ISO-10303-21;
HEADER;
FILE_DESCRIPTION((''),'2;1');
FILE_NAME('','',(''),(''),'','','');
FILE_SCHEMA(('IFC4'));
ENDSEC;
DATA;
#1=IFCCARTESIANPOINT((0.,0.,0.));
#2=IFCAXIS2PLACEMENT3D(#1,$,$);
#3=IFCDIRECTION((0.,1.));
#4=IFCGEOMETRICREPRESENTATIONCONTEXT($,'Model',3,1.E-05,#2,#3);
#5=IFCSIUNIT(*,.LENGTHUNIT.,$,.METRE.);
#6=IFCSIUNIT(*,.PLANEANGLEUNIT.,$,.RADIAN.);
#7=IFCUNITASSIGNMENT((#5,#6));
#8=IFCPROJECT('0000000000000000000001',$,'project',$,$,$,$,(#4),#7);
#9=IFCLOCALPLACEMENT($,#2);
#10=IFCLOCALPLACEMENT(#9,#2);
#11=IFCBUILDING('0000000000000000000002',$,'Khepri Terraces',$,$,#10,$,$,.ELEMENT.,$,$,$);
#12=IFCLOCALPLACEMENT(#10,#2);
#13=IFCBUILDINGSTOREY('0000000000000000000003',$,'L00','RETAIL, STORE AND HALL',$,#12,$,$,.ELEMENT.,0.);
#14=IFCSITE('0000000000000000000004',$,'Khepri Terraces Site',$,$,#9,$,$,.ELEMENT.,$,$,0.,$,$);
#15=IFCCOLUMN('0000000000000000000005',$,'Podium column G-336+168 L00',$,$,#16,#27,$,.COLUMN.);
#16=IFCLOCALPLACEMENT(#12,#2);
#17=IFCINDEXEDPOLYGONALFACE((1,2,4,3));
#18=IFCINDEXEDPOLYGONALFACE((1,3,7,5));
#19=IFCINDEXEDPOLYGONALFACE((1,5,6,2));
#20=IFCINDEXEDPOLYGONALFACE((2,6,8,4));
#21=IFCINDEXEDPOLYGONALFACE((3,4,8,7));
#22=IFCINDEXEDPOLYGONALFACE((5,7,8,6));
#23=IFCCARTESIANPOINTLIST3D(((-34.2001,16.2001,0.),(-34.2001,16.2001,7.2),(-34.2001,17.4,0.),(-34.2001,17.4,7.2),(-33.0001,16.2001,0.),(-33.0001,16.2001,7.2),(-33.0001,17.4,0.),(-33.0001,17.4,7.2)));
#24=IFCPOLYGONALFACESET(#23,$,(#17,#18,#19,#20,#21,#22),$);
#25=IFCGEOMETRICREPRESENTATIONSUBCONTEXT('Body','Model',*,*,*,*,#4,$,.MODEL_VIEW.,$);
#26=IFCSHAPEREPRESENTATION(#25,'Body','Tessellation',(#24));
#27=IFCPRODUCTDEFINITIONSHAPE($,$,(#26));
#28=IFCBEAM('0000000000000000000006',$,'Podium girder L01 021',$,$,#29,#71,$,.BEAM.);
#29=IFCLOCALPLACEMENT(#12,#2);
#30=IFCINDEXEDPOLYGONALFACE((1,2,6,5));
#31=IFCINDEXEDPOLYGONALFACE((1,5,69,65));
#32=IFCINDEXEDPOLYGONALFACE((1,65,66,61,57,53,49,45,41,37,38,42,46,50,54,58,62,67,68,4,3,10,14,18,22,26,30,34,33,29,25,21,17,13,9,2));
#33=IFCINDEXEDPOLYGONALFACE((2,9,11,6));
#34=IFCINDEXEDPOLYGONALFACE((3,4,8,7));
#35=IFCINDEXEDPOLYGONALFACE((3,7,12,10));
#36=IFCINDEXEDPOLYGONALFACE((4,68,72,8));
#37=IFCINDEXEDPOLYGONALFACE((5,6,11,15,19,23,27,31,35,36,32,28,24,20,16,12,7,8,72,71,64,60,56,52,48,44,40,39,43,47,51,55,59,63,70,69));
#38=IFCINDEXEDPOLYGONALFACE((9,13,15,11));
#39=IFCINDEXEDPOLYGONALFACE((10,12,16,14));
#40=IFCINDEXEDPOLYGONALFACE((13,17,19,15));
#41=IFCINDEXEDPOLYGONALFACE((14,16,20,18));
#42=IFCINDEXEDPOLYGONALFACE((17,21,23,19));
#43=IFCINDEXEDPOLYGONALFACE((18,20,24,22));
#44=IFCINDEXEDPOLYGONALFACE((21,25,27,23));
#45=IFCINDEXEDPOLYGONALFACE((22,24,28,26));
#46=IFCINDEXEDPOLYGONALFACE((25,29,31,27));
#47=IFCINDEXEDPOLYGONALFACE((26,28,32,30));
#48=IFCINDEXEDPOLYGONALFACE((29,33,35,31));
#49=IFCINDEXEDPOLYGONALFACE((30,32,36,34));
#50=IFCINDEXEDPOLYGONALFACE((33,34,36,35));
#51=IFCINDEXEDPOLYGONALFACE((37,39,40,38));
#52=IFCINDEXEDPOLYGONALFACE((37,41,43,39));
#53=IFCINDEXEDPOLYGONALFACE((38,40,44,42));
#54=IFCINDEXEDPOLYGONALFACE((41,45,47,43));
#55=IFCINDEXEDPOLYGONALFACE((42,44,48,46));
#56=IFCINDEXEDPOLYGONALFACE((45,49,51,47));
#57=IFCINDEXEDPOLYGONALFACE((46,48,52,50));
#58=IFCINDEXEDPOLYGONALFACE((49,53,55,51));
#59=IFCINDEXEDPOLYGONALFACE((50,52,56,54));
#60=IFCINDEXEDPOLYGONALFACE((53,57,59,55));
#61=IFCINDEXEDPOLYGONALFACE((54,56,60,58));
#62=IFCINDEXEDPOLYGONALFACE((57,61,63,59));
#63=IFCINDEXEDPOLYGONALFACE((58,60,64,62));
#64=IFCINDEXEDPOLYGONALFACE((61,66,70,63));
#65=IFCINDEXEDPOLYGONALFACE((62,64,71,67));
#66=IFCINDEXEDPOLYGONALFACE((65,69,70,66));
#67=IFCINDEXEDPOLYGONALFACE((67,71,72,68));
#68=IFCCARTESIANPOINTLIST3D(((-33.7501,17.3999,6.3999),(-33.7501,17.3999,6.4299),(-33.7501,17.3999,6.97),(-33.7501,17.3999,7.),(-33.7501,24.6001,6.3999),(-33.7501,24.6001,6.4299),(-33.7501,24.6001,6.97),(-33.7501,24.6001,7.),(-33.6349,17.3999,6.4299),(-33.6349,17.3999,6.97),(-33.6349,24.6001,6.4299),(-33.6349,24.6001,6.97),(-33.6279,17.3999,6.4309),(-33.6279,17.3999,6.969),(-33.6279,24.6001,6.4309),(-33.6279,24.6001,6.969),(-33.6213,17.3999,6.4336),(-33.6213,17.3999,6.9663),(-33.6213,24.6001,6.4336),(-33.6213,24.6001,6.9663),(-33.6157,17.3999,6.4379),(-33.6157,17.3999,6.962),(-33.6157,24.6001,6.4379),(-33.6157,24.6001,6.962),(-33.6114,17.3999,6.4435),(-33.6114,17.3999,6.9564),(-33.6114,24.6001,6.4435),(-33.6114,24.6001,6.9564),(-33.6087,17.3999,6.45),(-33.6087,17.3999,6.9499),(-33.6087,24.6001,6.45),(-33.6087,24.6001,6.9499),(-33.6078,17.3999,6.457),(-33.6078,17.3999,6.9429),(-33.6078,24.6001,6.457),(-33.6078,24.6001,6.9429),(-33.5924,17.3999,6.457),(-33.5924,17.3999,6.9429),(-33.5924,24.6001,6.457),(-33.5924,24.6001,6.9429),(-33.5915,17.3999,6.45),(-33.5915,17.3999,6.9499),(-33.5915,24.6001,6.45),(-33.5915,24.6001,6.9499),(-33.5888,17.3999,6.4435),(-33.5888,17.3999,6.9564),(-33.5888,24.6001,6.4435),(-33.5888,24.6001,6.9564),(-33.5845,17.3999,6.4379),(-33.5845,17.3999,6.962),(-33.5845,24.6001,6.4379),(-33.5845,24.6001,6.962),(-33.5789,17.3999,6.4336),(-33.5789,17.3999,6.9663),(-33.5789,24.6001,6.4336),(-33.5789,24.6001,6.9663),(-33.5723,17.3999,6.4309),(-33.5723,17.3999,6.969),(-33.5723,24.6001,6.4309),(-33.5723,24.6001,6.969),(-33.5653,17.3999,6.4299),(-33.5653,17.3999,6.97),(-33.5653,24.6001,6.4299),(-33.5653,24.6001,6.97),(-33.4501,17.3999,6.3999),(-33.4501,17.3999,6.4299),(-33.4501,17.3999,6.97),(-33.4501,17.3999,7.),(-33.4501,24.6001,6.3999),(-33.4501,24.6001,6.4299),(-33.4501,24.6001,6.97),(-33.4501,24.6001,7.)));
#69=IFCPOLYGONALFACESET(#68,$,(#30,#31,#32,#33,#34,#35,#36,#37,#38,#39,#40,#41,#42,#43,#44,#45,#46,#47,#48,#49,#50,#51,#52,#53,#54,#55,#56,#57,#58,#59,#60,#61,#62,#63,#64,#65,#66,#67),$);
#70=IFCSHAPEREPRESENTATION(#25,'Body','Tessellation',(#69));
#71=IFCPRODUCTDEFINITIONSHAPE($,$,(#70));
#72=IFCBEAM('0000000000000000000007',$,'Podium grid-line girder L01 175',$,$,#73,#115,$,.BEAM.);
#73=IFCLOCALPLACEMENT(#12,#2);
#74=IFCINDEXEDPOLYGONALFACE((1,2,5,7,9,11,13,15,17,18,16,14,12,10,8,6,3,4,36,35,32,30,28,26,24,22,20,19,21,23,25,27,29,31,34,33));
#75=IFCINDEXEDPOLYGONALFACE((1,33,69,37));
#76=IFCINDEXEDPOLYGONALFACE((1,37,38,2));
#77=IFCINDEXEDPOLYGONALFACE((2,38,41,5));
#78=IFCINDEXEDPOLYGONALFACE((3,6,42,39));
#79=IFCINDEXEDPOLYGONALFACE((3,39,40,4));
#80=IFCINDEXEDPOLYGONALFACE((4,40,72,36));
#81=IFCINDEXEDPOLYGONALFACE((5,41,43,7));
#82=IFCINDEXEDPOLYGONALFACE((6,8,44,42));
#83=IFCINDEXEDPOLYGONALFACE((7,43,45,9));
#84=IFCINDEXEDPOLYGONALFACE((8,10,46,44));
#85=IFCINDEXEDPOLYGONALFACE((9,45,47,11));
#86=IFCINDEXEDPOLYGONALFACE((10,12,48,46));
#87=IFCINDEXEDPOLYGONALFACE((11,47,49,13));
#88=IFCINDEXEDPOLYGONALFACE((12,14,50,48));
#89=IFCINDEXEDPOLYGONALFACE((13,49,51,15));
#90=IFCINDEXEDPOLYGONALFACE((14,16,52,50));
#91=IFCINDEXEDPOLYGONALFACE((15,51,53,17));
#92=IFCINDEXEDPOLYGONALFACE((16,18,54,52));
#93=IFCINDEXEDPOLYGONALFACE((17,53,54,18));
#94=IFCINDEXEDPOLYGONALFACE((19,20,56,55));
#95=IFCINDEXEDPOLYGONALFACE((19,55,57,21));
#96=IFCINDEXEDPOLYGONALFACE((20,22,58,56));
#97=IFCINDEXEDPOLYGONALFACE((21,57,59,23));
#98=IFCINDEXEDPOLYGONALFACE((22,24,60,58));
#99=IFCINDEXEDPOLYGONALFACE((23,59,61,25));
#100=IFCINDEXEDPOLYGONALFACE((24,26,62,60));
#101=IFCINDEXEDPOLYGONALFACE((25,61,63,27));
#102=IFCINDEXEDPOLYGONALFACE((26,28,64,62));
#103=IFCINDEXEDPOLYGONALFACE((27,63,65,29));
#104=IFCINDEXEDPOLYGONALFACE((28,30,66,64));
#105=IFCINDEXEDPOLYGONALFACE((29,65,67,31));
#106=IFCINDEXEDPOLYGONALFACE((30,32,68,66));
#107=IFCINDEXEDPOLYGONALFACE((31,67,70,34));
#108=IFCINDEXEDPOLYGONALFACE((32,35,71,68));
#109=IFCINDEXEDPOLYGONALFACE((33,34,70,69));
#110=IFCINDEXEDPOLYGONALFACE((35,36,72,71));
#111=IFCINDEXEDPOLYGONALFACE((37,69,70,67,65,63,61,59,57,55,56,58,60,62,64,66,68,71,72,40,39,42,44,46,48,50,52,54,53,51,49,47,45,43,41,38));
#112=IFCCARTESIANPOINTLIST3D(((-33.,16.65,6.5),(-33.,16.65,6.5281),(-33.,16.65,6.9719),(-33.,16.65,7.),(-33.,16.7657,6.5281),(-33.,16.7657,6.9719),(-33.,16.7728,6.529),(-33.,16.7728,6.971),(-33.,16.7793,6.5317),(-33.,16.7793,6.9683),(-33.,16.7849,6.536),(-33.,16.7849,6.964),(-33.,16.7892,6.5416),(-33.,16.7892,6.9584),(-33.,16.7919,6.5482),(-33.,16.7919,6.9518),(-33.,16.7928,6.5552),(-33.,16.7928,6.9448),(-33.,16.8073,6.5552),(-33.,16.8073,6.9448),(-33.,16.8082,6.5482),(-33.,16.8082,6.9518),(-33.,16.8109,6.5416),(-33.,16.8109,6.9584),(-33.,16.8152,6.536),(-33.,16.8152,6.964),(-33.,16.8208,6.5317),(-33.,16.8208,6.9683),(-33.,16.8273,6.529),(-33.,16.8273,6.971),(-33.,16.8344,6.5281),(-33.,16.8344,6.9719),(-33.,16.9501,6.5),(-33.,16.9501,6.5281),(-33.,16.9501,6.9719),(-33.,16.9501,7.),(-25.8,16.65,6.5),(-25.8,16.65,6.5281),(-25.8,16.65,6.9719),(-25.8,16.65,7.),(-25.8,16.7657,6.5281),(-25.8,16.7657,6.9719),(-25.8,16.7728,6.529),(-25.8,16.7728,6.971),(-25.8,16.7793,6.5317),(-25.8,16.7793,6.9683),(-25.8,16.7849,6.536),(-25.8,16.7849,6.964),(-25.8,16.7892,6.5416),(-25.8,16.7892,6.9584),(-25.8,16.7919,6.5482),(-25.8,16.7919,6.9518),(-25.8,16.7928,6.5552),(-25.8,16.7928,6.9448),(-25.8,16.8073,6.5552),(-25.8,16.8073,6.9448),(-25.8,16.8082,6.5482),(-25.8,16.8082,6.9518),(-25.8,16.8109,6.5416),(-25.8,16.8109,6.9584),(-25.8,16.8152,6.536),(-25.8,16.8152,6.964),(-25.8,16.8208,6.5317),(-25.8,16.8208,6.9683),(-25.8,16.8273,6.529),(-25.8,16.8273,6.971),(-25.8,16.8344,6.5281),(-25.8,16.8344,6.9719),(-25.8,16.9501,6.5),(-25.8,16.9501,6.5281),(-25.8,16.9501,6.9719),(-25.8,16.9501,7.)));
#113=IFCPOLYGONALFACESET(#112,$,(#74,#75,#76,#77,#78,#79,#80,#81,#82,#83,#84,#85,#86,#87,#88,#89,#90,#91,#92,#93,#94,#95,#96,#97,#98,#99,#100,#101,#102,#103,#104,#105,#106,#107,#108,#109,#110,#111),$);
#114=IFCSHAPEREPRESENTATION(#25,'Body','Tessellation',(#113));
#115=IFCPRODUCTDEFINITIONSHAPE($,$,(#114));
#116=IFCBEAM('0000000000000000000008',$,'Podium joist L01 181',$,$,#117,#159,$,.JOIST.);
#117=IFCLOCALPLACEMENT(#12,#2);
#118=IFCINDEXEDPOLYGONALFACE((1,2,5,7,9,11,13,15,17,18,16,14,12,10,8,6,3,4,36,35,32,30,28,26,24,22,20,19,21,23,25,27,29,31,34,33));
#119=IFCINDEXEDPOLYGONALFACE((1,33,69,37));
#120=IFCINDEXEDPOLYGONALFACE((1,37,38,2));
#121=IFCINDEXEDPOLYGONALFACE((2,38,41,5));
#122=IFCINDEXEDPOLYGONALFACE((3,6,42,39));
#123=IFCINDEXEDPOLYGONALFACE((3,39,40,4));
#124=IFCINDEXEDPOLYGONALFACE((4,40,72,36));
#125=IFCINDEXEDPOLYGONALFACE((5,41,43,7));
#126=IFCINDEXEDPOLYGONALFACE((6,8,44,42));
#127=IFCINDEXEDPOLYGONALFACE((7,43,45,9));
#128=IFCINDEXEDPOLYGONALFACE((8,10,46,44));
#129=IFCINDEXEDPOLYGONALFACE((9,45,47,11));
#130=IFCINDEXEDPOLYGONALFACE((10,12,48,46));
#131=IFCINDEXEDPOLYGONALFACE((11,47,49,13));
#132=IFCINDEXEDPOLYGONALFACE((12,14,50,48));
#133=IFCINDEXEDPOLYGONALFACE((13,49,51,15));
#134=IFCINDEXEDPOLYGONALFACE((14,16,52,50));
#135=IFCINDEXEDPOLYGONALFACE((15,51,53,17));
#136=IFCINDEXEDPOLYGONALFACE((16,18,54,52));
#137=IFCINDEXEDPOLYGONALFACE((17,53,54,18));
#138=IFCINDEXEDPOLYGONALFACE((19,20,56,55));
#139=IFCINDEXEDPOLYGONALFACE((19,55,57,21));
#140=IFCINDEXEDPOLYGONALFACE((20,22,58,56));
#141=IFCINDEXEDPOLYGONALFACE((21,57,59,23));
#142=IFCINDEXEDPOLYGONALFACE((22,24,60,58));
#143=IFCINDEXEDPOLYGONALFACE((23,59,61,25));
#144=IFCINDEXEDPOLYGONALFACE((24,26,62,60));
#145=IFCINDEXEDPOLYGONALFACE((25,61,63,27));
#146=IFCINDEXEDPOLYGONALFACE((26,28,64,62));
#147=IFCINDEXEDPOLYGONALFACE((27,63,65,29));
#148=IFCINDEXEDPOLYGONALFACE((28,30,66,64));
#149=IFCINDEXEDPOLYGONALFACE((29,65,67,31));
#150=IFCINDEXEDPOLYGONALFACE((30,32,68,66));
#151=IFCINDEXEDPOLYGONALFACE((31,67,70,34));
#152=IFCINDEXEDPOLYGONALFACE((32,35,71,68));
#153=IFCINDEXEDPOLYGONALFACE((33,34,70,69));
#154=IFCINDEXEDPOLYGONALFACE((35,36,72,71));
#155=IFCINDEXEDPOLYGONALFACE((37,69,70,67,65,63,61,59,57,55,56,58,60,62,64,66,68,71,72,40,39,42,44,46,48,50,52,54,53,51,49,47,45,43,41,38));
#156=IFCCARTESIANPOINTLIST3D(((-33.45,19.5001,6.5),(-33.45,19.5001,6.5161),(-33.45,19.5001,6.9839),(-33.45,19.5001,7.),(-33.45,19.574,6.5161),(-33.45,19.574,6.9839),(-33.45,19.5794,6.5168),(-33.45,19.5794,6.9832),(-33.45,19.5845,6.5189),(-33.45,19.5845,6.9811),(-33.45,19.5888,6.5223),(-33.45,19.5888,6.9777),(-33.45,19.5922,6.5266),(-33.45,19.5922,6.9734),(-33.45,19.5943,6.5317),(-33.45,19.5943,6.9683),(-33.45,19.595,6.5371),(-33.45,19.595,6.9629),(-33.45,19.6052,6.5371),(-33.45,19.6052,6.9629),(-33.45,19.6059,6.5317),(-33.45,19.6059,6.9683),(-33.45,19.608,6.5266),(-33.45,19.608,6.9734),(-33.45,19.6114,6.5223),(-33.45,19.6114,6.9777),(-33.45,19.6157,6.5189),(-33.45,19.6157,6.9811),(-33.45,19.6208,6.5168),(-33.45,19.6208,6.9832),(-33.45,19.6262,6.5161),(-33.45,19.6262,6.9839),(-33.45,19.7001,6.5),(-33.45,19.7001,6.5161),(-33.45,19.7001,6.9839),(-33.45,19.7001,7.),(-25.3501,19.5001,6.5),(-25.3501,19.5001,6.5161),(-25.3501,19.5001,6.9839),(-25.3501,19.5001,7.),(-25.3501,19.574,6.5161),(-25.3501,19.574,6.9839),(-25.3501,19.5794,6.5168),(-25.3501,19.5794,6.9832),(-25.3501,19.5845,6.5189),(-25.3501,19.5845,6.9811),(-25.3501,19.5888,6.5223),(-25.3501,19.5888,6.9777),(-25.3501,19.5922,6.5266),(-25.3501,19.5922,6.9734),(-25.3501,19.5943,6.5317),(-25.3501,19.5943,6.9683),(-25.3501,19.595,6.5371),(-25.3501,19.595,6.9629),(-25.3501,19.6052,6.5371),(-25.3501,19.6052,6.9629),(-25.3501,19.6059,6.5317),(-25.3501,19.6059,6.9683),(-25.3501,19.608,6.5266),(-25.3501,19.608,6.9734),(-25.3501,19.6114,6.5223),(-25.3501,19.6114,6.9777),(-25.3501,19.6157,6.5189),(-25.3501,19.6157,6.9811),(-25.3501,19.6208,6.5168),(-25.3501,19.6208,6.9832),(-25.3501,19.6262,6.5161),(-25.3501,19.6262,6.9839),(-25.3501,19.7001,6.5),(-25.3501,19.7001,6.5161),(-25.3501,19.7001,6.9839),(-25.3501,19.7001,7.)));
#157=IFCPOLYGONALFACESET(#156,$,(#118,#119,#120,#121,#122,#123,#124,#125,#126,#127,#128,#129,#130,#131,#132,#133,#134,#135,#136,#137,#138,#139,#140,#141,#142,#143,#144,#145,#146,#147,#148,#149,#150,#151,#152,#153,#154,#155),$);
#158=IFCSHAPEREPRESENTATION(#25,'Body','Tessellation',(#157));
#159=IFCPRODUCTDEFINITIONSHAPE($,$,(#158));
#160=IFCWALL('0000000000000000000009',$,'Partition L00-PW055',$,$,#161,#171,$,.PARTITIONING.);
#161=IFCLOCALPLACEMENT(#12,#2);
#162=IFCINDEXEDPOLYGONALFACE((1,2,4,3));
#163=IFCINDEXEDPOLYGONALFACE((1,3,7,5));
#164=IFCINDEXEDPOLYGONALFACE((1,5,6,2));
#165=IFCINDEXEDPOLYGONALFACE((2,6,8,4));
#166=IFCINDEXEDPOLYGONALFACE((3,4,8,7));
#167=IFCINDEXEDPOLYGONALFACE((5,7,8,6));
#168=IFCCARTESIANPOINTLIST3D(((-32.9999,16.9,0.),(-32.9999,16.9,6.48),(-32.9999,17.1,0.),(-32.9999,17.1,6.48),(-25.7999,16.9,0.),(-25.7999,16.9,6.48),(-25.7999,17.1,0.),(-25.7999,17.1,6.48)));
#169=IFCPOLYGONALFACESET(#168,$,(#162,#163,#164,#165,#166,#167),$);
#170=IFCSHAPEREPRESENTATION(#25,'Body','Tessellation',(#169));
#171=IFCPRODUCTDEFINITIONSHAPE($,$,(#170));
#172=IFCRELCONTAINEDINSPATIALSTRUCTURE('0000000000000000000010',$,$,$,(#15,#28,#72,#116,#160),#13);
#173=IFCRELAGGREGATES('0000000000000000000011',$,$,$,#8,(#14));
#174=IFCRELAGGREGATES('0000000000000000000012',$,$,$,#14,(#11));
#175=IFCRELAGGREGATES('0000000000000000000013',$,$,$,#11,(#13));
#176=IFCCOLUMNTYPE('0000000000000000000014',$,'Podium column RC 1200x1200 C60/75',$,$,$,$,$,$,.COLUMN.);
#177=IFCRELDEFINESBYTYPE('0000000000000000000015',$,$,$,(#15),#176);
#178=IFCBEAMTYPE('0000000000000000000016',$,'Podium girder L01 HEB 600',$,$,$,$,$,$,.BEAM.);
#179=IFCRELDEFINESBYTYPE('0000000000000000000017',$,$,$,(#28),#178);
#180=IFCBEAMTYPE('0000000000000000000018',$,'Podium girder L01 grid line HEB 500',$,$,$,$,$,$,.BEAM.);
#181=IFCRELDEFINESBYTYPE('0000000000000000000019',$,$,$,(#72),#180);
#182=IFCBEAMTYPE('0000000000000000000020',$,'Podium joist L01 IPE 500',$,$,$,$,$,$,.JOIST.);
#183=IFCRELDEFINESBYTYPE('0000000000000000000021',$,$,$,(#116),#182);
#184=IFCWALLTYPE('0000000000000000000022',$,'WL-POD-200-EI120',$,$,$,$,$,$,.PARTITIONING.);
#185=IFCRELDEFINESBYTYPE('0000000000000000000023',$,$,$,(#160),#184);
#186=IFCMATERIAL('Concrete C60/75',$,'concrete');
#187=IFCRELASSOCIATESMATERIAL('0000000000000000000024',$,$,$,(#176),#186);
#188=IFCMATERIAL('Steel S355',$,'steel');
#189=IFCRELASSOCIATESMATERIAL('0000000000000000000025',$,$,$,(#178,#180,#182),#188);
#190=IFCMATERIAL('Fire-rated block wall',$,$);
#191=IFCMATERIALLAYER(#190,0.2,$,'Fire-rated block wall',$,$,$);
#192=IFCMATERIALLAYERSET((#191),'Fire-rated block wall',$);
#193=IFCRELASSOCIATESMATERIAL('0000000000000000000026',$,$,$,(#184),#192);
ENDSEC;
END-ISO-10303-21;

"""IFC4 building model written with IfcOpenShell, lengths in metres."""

from ifc_helpers import new_model, si_unit, direction, frame, frame_2d, origin, origin_2d, place, context, subcontext, project, spatial, rectangle, i_section, extrude, material, layer, layer_set, material_profile, profile_set, type_object, element, save


model = new_model("IFC4")

# Units and contexts
model_context = context("Model", 3, precision=1e-05, world=origin(), true_north=direction((0.0, 1.0)))
body_context = subcontext(model_context, "Body", "Model", "MODEL_VIEW")
ifc_project = project(units=[si_unit("LENGTHUNIT", "METRE"), si_unit("PLANEANGLEUNIT", "RADIAN")], contexts=[model_context])

# Site, building, storey
site_placement = place(None, origin())
site = spatial("IfcSite", under=ifc_project, at=site_placement, Name="Khepri Terraces Site", CompositionType="ELEMENT", RefElevation=0.0)
building_placement = place(site_placement, origin())
building = spatial("IfcBuilding", under=site, at=building_placement, Name="Khepri Terraces", CompositionType="ELEMENT")
storey_placement = place(building_placement, origin())
storey = spatial("IfcBuildingStorey", under=building, at=storey_placement, Name="L00", Description="RETAIL, STORE AND HALL", CompositionType="ELEMENT", Elevation=0.0)

# Column
ifc_material_1 = material(Name="Concrete C60/75", Category="concrete")
ifc_material_profile_1 = material_profile(ifc_material_1, rectangle(XDim=1.2, YDim=1.2, at=origin_2d()), Name="Concrete C60/75", Category="concrete")
ifc_profile_set_1 = profile_set([ifc_material_profile_1], Name="Concrete C60/75")
column_type = type_object("IfcColumnType", Name="Podium column RC 1200x1200 C60/75", PredefinedType="COLUMN", material=ifc_profile_set_1)
column_placement = place(storey_placement, frame((-33.6001, 16.8, 0.0), z_axis=(0.0, 0.0, 1.0), x_axis=(1.0, 0.0, 0.0)))
element("IfcColumn", 1, at=column_placement, inside=storey, type_object=column_type, Name="Podium column G-336+168 L00", PredefinedType="COLUMN", context=body_context, shape_type="SweptSolid", body=[
    extrude(rectangle(XDim=1.2, YDim=1.2, at=origin_2d()), origin(), (0.0, 0.0, 1.0), 7.2),
])

# Beams
ifc_material_2 = material(Name="Steel S355", Category="steel")
ifc_material_profile_2 = material_profile(ifc_material_2, i_section(OverallWidth=0.3, OverallDepth=0.6001, WebThickness=0.0154, FlangeThickness=0.03, FilletRadius=0.0271, at=origin_2d()), Name="Steel S355", Category="steel")
ifc_profile_set_2 = profile_set([ifc_material_profile_2], Name="Steel S355")
beam_type_1 = type_object("IfcBeamType", Name="Podium girder L01 HEB 600", PredefinedType="BEAM", material=ifc_profile_set_2)
beam_1_placement = place(storey_placement, frame((-33.6001, 17.3999, 6.7), z_axis=(0.0, 1.0, 0.0), x_axis=(-1.0, 0.0, 0.0)))
element("IfcBeam", 2, at=beam_1_placement, inside=storey, type_object=beam_type_1, Name="Podium girder L01 021", PredefinedType="BEAM", context=body_context, shape_type="SweptSolid", body=[
    extrude(i_section(OverallWidth=0.3, OverallDepth=0.6001, WebThickness=0.0154, FlangeThickness=0.03, FilletRadius=0.0271, at=origin_2d()), origin(), (0.0, 0.0, 1.0), 7.2002),
])
ifc_material_profile_3 = material_profile(ifc_material_2, i_section(OverallWidth=0.3, OverallDepth=0.5, WebThickness=0.0144, FlangeThickness=0.0281, FilletRadius=0.0271, at=origin_2d()), Name="Steel S355", Category="steel")
ifc_profile_set_3 = profile_set([ifc_material_profile_3], Name="Steel S355")
beam_type_2 = type_object("IfcBeamType", Name="Podium girder L01 grid line HEB 500", PredefinedType="BEAM", material=ifc_profile_set_3)
beam_2_placement = place(storey_placement, frame((-33.0, 16.8, 6.75), z_axis=(1.0, 0.0, 0.0), x_axis=(0.0, 1.0, 0.0)))
element("IfcBeam", 3, at=beam_2_placement, inside=storey, type_object=beam_type_2, Name="Podium grid-line girder L01 175", PredefinedType="BEAM", context=body_context, shape_type="SweptSolid", body=[
    extrude(i_section(OverallWidth=0.3, OverallDepth=0.5, WebThickness=0.0144, FlangeThickness=0.0281, FilletRadius=0.0271, at=origin_2d()), origin(), (0.0, 0.0, 1.0), 7.2),
])
ifc_material_profile_4 = material_profile(ifc_material_2, i_section(OverallWidth=0.2, OverallDepth=0.5, WebThickness=0.0103, FlangeThickness=0.0161, FilletRadius=0.021, at=origin_2d()), Name="Steel S355", Category="steel")
ifc_profile_set_4 = profile_set([ifc_material_profile_4], Name="Steel S355")
beam_type_3 = type_object("IfcBeamType", Name="Podium joist L01 IPE 500", PredefinedType="JOIST", material=ifc_profile_set_4)
beam_3_placement = place(storey_placement, frame((-33.45, 19.6001, 6.75), z_axis=(1.0, 0.0, 0.0), x_axis=(0.0, 1.0, 0.0)))
element("IfcBeam", 4, at=beam_3_placement, inside=storey, type_object=beam_type_3, Name="Podium joist L01 181", PredefinedType="JOIST", context=body_context, shape_type="SweptSolid", body=[
    extrude(i_section(OverallWidth=0.2, OverallDepth=0.5, WebThickness=0.0103, FlangeThickness=0.0161, FilletRadius=0.021, at=origin_2d()), origin(), (0.0, 0.0, 1.0), 8.0999),
])

# Wall
ifc_material_3 = material(Name="Fire-rated block wall")
ifc_layer_1 = layer(ifc_material_3, 0.2, Name="Fire-rated block wall")
ifc_layer_set_1 = layer_set([ifc_layer_1], Name="Fire-rated block wall")
wall_type_1 = type_object("IfcWallType", Name="WL-POD-200-EI120", PredefinedType="PARTITIONING", material=ifc_layer_set_1)
wall_1_placement = place(storey_placement, frame((-33.0, 17.0, 0.0), z_axis=(0.0, 0.0, 1.0), x_axis=(1.0, 0.0, 0.0)))
element("IfcWall", 5, at=wall_1_placement, inside=storey, type_object=wall_type_1, Name="Partition L00-PW055", PredefinedType="PARTITIONING", context=body_context, shape_type="SweptSolid", body=[
    extrude(rectangle(XDim=7.2, YDim=0.2, at=frame_2d((3.6001, 0.0))), origin(), (0.0, 0.0, 1.0), 6.48),
])

save(model, "model.ifc")
